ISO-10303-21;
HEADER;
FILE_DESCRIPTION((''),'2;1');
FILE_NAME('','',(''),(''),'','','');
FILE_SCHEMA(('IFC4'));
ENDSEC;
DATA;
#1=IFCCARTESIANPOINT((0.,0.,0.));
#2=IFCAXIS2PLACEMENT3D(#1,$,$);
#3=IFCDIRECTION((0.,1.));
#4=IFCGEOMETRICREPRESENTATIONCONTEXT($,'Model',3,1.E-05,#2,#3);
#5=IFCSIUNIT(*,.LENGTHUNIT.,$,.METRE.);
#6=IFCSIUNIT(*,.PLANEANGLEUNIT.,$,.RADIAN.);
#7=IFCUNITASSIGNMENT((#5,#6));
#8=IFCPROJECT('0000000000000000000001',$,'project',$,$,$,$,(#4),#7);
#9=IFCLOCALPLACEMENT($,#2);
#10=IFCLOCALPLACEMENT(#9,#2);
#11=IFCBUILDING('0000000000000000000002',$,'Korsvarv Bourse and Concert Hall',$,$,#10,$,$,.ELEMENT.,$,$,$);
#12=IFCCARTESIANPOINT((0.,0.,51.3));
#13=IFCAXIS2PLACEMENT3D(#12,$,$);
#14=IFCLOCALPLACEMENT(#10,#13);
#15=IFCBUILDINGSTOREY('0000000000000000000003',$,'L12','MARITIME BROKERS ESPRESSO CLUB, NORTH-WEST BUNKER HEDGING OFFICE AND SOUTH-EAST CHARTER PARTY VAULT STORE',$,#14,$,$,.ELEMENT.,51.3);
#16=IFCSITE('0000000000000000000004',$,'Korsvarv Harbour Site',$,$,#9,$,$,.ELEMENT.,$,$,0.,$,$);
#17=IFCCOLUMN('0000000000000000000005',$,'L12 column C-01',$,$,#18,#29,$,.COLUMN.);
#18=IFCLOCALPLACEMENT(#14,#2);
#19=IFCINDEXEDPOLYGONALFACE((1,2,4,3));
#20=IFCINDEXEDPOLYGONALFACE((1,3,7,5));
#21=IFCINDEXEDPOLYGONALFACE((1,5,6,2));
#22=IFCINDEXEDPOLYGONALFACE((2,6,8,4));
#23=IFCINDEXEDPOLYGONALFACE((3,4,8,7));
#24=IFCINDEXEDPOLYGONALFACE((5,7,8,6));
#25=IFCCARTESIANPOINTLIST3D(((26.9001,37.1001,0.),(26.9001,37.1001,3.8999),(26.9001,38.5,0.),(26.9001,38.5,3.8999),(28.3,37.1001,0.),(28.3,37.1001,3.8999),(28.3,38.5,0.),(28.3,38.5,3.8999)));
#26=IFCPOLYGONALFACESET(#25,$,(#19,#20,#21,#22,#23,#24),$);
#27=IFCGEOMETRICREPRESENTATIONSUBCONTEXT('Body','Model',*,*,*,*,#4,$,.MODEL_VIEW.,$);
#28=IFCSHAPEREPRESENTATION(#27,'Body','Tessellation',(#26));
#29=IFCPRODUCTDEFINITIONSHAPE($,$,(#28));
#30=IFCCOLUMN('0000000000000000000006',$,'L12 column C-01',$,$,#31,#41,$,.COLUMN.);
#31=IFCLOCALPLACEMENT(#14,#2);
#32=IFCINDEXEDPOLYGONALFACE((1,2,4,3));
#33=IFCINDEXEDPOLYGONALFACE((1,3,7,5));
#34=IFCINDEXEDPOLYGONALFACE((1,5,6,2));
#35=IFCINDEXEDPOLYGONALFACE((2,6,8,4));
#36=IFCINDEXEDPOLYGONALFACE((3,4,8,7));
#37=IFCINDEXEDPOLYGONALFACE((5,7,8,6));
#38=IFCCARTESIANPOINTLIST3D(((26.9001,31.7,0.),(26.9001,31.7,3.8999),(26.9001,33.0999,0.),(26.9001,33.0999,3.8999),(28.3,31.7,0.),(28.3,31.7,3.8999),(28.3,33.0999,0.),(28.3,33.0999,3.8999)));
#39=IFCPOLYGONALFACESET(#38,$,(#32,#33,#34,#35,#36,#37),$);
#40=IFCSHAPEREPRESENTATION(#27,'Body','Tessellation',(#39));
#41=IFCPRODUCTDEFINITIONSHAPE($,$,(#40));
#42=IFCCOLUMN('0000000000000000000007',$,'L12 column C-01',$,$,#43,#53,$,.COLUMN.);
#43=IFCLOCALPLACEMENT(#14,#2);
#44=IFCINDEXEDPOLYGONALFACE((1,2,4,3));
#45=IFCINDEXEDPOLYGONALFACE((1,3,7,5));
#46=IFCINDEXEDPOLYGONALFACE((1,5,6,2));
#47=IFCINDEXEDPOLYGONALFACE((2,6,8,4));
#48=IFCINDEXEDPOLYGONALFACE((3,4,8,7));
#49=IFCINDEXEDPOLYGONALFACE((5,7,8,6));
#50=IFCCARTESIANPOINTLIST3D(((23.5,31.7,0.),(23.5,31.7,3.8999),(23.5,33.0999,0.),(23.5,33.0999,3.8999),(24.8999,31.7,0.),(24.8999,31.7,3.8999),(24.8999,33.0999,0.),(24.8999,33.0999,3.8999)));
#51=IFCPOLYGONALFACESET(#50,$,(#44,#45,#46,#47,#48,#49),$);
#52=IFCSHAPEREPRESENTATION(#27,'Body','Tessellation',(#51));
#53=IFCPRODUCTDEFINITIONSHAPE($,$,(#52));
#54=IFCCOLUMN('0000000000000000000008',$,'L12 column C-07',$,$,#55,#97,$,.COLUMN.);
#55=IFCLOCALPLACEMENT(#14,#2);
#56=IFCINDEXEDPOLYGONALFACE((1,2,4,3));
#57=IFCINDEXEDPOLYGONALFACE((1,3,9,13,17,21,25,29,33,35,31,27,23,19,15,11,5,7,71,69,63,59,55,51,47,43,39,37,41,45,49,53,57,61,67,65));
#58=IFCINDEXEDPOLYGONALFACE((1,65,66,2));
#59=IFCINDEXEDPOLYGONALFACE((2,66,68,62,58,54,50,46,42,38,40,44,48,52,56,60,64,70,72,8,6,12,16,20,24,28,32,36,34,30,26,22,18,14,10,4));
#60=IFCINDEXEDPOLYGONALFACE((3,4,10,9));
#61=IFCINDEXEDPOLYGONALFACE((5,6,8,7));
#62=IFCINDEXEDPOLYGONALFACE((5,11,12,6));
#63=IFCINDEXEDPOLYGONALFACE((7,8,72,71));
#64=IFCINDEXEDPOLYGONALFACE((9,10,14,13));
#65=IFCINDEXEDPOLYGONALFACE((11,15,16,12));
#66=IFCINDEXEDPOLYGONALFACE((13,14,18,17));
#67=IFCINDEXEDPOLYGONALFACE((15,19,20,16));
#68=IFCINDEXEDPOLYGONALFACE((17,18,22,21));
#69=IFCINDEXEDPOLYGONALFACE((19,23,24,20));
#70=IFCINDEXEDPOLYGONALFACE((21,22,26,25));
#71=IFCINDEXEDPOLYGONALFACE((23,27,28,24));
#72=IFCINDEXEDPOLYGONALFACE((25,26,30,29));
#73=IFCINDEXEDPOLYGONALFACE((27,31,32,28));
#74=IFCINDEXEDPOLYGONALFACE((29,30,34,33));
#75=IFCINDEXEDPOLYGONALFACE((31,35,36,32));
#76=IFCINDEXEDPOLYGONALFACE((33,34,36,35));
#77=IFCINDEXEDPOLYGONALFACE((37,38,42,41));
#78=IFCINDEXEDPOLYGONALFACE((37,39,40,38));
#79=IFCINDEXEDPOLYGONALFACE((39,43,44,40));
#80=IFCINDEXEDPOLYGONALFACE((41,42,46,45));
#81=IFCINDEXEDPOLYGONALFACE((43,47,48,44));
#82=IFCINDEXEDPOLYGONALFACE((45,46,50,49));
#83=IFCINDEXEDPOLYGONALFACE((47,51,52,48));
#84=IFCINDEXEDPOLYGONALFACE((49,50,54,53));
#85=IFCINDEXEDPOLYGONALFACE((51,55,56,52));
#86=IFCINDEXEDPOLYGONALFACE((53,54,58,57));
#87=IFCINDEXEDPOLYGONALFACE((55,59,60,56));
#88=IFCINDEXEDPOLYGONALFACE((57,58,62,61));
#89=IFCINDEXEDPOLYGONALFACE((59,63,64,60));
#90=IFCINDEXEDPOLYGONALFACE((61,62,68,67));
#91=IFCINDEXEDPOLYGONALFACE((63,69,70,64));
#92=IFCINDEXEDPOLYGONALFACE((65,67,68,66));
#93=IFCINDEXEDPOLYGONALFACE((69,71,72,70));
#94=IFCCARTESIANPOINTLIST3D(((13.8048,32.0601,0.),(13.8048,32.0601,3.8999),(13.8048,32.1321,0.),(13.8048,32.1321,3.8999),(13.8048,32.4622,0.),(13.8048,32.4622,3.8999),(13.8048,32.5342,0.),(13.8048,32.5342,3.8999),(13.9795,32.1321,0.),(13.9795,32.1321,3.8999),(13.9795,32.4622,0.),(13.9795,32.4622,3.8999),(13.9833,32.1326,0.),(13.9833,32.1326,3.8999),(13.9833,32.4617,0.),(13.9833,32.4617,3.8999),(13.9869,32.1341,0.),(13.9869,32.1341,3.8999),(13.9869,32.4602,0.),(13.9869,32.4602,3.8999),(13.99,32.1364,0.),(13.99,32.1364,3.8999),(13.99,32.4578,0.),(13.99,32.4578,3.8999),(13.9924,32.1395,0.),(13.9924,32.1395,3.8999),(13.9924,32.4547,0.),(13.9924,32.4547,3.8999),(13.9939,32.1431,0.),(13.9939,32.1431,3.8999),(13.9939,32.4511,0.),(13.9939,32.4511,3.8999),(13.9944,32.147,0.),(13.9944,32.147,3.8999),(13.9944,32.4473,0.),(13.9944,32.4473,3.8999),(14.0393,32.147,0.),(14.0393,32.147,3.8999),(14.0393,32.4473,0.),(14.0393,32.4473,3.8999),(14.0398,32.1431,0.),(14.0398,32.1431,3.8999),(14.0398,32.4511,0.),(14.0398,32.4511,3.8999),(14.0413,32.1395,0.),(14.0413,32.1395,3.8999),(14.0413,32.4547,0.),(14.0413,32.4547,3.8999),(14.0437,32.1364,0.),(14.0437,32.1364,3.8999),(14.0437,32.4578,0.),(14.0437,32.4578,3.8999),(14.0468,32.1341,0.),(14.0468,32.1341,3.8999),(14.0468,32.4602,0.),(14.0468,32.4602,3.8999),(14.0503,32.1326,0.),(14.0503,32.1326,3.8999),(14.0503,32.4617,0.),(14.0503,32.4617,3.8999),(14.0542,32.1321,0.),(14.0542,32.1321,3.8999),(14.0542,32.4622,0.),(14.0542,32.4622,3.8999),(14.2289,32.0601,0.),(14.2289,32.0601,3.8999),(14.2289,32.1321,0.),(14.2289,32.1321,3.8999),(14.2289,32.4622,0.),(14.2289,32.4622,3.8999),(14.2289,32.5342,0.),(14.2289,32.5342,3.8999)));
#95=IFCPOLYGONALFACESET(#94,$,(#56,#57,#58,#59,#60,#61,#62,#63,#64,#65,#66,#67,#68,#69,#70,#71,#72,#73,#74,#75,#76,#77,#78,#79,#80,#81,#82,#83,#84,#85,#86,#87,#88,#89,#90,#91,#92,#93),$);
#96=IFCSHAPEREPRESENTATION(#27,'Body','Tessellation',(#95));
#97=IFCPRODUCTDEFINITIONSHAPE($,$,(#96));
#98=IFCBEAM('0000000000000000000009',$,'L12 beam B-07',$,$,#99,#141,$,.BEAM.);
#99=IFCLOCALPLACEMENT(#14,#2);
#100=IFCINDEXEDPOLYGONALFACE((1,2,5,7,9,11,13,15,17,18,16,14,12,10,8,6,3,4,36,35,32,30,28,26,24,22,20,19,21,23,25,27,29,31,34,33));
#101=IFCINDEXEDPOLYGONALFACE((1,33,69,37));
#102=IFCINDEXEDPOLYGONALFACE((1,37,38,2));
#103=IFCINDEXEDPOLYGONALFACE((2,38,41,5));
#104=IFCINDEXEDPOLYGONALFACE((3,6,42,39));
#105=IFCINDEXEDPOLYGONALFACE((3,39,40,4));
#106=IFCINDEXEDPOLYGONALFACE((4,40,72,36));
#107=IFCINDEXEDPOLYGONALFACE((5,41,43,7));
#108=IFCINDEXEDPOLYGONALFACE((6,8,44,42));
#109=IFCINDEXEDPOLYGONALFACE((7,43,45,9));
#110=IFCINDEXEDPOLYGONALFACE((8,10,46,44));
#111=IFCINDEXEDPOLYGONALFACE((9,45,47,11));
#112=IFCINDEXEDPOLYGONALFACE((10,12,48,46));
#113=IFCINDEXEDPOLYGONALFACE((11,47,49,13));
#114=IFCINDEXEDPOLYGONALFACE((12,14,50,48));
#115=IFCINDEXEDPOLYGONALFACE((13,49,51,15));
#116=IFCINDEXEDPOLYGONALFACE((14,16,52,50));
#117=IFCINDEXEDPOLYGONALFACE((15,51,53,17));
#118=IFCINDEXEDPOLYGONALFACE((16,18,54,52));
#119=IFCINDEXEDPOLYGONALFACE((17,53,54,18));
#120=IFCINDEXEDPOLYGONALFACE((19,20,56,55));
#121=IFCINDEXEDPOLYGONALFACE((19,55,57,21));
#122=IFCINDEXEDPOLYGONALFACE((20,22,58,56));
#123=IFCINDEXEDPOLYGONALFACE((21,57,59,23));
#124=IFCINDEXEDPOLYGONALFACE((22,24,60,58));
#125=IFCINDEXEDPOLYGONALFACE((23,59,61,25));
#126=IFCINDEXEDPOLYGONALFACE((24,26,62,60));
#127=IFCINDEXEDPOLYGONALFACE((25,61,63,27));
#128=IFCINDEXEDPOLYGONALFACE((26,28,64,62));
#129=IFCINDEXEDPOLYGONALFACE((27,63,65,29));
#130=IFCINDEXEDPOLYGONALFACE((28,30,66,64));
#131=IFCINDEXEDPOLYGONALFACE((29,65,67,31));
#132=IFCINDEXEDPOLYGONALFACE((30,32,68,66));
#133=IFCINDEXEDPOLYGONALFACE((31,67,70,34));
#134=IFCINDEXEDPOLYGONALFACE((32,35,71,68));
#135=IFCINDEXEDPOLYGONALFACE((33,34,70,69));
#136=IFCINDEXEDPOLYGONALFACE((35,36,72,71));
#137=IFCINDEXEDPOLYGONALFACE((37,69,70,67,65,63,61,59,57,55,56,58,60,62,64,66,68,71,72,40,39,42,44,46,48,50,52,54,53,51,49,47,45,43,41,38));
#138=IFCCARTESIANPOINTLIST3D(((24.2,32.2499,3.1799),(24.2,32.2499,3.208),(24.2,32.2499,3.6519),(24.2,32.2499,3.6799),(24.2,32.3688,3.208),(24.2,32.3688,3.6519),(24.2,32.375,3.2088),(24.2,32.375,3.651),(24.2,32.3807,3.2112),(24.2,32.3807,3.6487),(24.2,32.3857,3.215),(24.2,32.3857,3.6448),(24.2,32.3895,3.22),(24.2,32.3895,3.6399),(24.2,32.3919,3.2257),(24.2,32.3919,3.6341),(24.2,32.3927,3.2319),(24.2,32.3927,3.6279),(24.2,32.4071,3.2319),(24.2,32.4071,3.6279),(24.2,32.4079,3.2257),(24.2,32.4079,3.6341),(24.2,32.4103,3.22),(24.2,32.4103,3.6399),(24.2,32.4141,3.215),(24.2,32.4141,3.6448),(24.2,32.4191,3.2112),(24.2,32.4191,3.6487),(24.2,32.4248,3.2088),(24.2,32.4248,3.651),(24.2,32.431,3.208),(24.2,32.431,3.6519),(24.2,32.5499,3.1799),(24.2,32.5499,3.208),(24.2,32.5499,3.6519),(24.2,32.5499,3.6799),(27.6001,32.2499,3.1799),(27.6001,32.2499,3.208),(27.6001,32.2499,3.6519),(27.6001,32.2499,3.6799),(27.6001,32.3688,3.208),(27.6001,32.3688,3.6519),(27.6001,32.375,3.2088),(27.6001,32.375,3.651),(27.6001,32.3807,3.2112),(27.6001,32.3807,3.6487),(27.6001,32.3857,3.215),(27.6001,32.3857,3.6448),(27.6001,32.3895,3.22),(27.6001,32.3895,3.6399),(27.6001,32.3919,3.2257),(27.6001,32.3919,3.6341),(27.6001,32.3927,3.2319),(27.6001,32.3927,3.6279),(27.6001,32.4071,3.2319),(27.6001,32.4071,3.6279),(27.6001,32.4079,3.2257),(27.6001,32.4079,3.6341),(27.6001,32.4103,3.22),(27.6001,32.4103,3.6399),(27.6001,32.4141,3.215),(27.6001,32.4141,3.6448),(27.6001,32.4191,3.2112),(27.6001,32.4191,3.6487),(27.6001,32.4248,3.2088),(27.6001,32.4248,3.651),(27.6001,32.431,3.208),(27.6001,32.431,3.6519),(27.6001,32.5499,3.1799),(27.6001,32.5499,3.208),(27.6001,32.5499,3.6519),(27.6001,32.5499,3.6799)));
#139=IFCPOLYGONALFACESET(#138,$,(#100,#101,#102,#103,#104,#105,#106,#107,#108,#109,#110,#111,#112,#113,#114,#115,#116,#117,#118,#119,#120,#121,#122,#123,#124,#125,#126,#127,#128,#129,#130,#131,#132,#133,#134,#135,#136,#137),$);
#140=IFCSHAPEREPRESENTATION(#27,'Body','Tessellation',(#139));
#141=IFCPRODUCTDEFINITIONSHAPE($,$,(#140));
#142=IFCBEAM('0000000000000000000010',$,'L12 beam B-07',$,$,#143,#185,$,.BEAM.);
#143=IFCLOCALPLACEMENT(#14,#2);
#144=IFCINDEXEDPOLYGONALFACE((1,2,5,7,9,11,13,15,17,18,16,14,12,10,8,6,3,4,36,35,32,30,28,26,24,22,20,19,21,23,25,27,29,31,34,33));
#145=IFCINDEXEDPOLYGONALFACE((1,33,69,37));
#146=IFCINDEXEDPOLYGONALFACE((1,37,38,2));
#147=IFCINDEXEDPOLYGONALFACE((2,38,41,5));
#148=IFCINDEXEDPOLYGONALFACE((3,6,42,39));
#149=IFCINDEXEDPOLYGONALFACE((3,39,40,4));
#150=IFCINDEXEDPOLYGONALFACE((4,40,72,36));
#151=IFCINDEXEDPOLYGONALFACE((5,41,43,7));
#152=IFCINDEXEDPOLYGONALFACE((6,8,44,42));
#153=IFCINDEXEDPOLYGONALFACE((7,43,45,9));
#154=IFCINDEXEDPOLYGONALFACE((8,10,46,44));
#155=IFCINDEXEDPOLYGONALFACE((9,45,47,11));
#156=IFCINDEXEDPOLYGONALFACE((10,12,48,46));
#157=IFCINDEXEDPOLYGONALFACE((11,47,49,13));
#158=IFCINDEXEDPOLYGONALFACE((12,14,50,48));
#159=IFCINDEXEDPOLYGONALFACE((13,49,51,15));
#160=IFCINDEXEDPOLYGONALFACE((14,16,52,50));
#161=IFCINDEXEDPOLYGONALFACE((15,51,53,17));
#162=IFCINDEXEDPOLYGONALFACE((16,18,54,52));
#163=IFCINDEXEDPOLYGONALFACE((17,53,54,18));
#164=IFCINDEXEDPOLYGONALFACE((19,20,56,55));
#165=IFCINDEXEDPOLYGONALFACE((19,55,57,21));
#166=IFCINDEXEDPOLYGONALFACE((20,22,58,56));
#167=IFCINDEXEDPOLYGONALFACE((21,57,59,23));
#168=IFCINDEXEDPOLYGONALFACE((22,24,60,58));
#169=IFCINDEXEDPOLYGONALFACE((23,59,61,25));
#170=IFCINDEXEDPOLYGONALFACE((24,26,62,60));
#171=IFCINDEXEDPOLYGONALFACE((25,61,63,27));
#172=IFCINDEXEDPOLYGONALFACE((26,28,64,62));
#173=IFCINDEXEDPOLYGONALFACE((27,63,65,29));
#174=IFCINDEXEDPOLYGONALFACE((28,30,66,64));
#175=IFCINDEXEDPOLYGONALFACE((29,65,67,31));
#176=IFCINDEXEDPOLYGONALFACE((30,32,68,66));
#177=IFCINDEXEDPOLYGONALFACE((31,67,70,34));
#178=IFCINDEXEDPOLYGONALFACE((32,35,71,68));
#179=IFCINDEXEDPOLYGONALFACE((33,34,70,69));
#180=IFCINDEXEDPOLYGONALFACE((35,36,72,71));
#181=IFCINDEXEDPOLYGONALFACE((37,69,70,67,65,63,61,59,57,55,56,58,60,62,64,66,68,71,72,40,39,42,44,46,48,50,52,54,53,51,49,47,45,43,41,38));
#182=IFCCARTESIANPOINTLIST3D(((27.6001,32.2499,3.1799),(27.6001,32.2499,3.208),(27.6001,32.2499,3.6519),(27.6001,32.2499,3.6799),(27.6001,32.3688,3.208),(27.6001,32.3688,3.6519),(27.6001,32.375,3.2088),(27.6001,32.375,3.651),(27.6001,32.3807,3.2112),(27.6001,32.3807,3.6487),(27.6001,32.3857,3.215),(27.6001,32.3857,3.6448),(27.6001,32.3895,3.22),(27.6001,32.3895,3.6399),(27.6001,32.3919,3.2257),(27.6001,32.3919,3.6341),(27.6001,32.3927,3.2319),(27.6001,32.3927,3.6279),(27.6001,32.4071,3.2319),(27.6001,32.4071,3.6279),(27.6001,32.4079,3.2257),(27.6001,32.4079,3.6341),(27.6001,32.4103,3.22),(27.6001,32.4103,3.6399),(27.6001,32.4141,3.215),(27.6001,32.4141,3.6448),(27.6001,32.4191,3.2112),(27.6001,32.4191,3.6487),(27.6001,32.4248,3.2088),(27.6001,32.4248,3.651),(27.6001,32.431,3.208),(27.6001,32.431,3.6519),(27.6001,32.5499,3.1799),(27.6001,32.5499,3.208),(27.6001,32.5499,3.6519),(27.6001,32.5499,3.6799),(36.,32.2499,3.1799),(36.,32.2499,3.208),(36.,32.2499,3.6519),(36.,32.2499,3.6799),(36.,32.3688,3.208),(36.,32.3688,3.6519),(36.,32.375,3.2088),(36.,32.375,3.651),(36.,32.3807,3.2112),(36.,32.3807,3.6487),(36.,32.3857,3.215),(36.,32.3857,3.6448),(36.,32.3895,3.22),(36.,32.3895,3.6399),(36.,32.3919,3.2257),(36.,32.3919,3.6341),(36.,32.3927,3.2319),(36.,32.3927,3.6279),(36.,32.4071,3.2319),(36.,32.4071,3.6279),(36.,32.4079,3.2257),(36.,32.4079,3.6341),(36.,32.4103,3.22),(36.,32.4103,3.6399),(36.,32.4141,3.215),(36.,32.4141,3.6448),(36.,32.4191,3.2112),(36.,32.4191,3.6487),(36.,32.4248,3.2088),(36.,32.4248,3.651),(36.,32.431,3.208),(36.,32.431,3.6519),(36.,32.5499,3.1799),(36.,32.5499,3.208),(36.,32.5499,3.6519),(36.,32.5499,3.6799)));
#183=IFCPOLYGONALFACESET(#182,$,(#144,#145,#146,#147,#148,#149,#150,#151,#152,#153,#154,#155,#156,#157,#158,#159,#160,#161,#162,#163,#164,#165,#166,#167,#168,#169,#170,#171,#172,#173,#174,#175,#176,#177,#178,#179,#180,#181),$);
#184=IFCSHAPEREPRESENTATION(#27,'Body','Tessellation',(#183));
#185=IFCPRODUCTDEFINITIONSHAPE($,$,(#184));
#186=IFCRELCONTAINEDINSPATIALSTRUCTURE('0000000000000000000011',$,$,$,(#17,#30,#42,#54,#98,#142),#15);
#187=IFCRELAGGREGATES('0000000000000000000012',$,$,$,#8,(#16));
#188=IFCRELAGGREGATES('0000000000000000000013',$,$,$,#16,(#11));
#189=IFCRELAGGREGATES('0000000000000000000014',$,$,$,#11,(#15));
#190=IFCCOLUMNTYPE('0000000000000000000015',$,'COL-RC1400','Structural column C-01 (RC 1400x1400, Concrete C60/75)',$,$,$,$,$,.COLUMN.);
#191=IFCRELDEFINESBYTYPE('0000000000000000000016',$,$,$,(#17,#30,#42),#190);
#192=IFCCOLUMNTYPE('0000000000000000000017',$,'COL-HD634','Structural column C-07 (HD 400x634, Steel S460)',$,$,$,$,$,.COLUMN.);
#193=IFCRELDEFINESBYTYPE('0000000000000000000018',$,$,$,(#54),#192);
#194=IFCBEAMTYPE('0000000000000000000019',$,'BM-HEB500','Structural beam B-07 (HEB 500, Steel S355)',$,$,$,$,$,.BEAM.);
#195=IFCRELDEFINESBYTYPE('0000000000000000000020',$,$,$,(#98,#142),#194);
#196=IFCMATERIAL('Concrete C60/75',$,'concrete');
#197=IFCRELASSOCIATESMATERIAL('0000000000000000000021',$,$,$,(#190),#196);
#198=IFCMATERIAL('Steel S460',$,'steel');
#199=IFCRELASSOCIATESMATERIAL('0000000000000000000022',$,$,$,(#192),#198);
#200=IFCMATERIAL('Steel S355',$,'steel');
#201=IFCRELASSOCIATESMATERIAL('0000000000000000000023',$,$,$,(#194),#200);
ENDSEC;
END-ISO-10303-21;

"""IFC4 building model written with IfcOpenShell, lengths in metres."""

from ifc_helpers import new_model, si_unit, direction, frame, origin, origin_2d, place, context, subcontext, project, spatial, rectangle, i_section, extrude, source, transform, mapped, material, material_profile, profile_set, type_object, element, save


model = new_model("IFC4")

# Units and contexts
model_context = context("Model", 3, precision=1e-05, world=origin(), true_north=direction((0.0, 1.0)))
body_context = subcontext(model_context, "Body", "Model", "MODEL_VIEW")
ifc_project = project(units=[si_unit("LENGTHUNIT", "METRE"), si_unit("PLANEANGLEUNIT", "RADIAN")], contexts=[model_context])

# Site, building, storey
site_placement = place(None, origin())
site = spatial("IfcSite", under=ifc_project, at=site_placement, Name="Korsvarv Harbour Site", CompositionType="ELEMENT", RefElevation=0.0)
building_placement = place(site_placement, origin())
building = spatial("IfcBuilding", under=site, at=building_placement, Name="Korsvarv Bourse and Concert Hall", CompositionType="ELEMENT")
storey_placement = place(building_placement, frame((0.0, 0.0, 51.3)))
storey = spatial("IfcBuildingStorey", under=building, at=storey_placement, Name="L12", Description="MARITIME BROKERS ESPRESSO CLUB, NORTH-WEST BUNKER HEDGING OFFICE AND SOUTH-EAST CHARTER PARTY VAULT STORE", CompositionType="ELEMENT", Elevation=51.3)

# Columns
ifc_material_1 = material(Name="Concrete C60/75", Category="concrete")
ifc_material_profile_1 = material_profile(ifc_material_1, rectangle(XDim=1.3999, YDim=1.3999, at=origin_2d()), Name="RC 1400x1400")
ifc_profile_set_1 = profile_set([ifc_material_profile_1], Name="Concrete C60/75")
column_type_1 = type_object("IfcColumnType", Name="COL-RC1400", Description="Structural column C-01 (RC 1400x1400, Concrete C60/75)", PredefinedType="COLUMN", material=ifc_profile_set_1)
shared_shape_1 = source(origin(), body_context, "Body", "SweptSolid", [
    extrude(rectangle(XDim=1.3999, YDim=1.3999, at=origin_2d()), origin(), (0.0, 0.0, 1.0), 3.8999),
])
for number, where, z_axis, x_axis, name in (
    (1, (27.6001, 37.8, 0.0), (0.0, 0.0, 1.0), (1.0, 0.0, 0.0), "L12 column C-01"),
    (2, (27.6001, 32.3999, 0.0), (0.0, 0.0, 1.0), (1.0, 0.0, 0.0), "L12 column C-01"),
    (3, (24.2, 32.3999, 0.0), (0.0, 0.0, 1.0), (1.0, 0.0, 0.0), "L12 column C-01"),
):
    element("IfcColumn", number, at=place(storey_placement, frame(where, z_axis=z_axis, x_axis=x_axis)), inside=storey, type_object=column_type_1, Name=name, PredefinedType="COLUMN", context=body_context, shape_type="MappedRepresentation", body=[
        mapped(shared_shape_1, transform((0.0, 0.0, 0.0), scale=1.0)),
    ])
ifc_material_2 = material(Name="Steel S460", Category="steel")
ifc_material_profile_2 = material_profile(ifc_material_2, i_section(OverallWidth=0.4241, OverallDepth=0.4741, WebThickness=0.0449, FlangeThickness=0.072, FilletRadius=0.0149, at=origin_2d()), Name="HD 400x634")
ifc_profile_set_2 = profile_set([ifc_material_profile_2], Name="Steel S460")
column_type_2 = type_object("IfcColumnType", Name="COL-HD634", Description="Structural column C-07 (HD 400x634, Steel S460)", PredefinedType="COLUMN", material=ifc_profile_set_2)
shared_shape_2 = source(origin(), body_context, "Body", "SweptSolid", [
    extrude(i_section(OverallWidth=0.4241, OverallDepth=0.4741, WebThickness=0.0449, FlangeThickness=0.072, FilletRadius=0.0149, at=origin_2d()), origin(), (0.0, 0.0, 1.0), 3.8999),
])
column_placement = place(storey_placement, frame((14.0168, 32.2971, 0.0), z_axis=(0.0, 0.0, 1.0), x_axis=(1.0, 0.0, 0.0)))
element("IfcColumn", 4, at=column_placement, inside=storey, type_object=column_type_2, Name="L12 column C-07", PredefinedType="COLUMN", context=body_context, shape_type="MappedRepresentation", body=[
    mapped(shared_shape_2, transform((0.0, 0.0, 0.0), scale=1.0)),
])

# Beams
ifc_material_3 = material(Name="Steel S355", Category="steel")
ifc_material_profile_3 = material_profile(ifc_material_3, i_section(OverallWidth=0.3, OverallDepth=0.5, WebThickness=0.0144, FlangeThickness=0.0281, FilletRadius=0.0239, at=origin_2d()), Name="HEB 500")
ifc_profile_set_3 = profile_set([ifc_material_profile_3], Name="Steel S355")
beam_type_1 = type_object("IfcBeamType", Name="BM-HEB500", Description="Structural beam B-07 (HEB 500, Steel S355)", PredefinedType="BEAM", material=ifc_profile_set_3)
shared_shape_3 = source(origin(), body_context, "Body", "SweptSolid", [
    extrude(i_section(OverallWidth=0.3, OverallDepth=0.5, WebThickness=0.0144, FlangeThickness=0.0281, FilletRadius=0.0239, at=origin_2d()), origin(), (0.0, 0.0, 1.0), 3.4001),
])
beam_1_placement = place(storey_placement, frame((24.2, 32.3999, 3.4299), z_axis=(1.0, 0.0, 0.0), x_axis=(0.0, 1.0, 0.0)))
element("IfcBeam", 5, at=beam_1_placement, inside=storey, type_object=beam_type_1, Name="L12 beam B-07", PredefinedType="BEAM", context=body_context, shape_type="MappedRepresentation", body=[
    mapped(shared_shape_3, transform((0.0, 0.0, 0.0), scale=1.0)),
])
shared_shape_4 = source(origin(), body_context, "Body", "SweptSolid", [
    extrude(i_section(OverallWidth=0.3, OverallDepth=0.5, WebThickness=0.0144, FlangeThickness=0.0281, FilletRadius=0.0239, at=origin_2d()), origin(), (0.0, 0.0, 1.0), 8.3999),
])
beam_2_placement = place(storey_placement, frame((27.6001, 32.3999, 3.4299), z_axis=(1.0, 0.0, 0.0), x_axis=(0.0, 1.0, 0.0)))
element("IfcBeam", 6, at=beam_2_placement, inside=storey, type_object=beam_type_1, Name="L12 beam B-07", PredefinedType="BEAM", context=body_context, shape_type="MappedRepresentation", body=[
    mapped(shared_shape_4, transform((0.0, 0.0, 0.0), scale=1.0)),
])

save(model, "model.ifc")
